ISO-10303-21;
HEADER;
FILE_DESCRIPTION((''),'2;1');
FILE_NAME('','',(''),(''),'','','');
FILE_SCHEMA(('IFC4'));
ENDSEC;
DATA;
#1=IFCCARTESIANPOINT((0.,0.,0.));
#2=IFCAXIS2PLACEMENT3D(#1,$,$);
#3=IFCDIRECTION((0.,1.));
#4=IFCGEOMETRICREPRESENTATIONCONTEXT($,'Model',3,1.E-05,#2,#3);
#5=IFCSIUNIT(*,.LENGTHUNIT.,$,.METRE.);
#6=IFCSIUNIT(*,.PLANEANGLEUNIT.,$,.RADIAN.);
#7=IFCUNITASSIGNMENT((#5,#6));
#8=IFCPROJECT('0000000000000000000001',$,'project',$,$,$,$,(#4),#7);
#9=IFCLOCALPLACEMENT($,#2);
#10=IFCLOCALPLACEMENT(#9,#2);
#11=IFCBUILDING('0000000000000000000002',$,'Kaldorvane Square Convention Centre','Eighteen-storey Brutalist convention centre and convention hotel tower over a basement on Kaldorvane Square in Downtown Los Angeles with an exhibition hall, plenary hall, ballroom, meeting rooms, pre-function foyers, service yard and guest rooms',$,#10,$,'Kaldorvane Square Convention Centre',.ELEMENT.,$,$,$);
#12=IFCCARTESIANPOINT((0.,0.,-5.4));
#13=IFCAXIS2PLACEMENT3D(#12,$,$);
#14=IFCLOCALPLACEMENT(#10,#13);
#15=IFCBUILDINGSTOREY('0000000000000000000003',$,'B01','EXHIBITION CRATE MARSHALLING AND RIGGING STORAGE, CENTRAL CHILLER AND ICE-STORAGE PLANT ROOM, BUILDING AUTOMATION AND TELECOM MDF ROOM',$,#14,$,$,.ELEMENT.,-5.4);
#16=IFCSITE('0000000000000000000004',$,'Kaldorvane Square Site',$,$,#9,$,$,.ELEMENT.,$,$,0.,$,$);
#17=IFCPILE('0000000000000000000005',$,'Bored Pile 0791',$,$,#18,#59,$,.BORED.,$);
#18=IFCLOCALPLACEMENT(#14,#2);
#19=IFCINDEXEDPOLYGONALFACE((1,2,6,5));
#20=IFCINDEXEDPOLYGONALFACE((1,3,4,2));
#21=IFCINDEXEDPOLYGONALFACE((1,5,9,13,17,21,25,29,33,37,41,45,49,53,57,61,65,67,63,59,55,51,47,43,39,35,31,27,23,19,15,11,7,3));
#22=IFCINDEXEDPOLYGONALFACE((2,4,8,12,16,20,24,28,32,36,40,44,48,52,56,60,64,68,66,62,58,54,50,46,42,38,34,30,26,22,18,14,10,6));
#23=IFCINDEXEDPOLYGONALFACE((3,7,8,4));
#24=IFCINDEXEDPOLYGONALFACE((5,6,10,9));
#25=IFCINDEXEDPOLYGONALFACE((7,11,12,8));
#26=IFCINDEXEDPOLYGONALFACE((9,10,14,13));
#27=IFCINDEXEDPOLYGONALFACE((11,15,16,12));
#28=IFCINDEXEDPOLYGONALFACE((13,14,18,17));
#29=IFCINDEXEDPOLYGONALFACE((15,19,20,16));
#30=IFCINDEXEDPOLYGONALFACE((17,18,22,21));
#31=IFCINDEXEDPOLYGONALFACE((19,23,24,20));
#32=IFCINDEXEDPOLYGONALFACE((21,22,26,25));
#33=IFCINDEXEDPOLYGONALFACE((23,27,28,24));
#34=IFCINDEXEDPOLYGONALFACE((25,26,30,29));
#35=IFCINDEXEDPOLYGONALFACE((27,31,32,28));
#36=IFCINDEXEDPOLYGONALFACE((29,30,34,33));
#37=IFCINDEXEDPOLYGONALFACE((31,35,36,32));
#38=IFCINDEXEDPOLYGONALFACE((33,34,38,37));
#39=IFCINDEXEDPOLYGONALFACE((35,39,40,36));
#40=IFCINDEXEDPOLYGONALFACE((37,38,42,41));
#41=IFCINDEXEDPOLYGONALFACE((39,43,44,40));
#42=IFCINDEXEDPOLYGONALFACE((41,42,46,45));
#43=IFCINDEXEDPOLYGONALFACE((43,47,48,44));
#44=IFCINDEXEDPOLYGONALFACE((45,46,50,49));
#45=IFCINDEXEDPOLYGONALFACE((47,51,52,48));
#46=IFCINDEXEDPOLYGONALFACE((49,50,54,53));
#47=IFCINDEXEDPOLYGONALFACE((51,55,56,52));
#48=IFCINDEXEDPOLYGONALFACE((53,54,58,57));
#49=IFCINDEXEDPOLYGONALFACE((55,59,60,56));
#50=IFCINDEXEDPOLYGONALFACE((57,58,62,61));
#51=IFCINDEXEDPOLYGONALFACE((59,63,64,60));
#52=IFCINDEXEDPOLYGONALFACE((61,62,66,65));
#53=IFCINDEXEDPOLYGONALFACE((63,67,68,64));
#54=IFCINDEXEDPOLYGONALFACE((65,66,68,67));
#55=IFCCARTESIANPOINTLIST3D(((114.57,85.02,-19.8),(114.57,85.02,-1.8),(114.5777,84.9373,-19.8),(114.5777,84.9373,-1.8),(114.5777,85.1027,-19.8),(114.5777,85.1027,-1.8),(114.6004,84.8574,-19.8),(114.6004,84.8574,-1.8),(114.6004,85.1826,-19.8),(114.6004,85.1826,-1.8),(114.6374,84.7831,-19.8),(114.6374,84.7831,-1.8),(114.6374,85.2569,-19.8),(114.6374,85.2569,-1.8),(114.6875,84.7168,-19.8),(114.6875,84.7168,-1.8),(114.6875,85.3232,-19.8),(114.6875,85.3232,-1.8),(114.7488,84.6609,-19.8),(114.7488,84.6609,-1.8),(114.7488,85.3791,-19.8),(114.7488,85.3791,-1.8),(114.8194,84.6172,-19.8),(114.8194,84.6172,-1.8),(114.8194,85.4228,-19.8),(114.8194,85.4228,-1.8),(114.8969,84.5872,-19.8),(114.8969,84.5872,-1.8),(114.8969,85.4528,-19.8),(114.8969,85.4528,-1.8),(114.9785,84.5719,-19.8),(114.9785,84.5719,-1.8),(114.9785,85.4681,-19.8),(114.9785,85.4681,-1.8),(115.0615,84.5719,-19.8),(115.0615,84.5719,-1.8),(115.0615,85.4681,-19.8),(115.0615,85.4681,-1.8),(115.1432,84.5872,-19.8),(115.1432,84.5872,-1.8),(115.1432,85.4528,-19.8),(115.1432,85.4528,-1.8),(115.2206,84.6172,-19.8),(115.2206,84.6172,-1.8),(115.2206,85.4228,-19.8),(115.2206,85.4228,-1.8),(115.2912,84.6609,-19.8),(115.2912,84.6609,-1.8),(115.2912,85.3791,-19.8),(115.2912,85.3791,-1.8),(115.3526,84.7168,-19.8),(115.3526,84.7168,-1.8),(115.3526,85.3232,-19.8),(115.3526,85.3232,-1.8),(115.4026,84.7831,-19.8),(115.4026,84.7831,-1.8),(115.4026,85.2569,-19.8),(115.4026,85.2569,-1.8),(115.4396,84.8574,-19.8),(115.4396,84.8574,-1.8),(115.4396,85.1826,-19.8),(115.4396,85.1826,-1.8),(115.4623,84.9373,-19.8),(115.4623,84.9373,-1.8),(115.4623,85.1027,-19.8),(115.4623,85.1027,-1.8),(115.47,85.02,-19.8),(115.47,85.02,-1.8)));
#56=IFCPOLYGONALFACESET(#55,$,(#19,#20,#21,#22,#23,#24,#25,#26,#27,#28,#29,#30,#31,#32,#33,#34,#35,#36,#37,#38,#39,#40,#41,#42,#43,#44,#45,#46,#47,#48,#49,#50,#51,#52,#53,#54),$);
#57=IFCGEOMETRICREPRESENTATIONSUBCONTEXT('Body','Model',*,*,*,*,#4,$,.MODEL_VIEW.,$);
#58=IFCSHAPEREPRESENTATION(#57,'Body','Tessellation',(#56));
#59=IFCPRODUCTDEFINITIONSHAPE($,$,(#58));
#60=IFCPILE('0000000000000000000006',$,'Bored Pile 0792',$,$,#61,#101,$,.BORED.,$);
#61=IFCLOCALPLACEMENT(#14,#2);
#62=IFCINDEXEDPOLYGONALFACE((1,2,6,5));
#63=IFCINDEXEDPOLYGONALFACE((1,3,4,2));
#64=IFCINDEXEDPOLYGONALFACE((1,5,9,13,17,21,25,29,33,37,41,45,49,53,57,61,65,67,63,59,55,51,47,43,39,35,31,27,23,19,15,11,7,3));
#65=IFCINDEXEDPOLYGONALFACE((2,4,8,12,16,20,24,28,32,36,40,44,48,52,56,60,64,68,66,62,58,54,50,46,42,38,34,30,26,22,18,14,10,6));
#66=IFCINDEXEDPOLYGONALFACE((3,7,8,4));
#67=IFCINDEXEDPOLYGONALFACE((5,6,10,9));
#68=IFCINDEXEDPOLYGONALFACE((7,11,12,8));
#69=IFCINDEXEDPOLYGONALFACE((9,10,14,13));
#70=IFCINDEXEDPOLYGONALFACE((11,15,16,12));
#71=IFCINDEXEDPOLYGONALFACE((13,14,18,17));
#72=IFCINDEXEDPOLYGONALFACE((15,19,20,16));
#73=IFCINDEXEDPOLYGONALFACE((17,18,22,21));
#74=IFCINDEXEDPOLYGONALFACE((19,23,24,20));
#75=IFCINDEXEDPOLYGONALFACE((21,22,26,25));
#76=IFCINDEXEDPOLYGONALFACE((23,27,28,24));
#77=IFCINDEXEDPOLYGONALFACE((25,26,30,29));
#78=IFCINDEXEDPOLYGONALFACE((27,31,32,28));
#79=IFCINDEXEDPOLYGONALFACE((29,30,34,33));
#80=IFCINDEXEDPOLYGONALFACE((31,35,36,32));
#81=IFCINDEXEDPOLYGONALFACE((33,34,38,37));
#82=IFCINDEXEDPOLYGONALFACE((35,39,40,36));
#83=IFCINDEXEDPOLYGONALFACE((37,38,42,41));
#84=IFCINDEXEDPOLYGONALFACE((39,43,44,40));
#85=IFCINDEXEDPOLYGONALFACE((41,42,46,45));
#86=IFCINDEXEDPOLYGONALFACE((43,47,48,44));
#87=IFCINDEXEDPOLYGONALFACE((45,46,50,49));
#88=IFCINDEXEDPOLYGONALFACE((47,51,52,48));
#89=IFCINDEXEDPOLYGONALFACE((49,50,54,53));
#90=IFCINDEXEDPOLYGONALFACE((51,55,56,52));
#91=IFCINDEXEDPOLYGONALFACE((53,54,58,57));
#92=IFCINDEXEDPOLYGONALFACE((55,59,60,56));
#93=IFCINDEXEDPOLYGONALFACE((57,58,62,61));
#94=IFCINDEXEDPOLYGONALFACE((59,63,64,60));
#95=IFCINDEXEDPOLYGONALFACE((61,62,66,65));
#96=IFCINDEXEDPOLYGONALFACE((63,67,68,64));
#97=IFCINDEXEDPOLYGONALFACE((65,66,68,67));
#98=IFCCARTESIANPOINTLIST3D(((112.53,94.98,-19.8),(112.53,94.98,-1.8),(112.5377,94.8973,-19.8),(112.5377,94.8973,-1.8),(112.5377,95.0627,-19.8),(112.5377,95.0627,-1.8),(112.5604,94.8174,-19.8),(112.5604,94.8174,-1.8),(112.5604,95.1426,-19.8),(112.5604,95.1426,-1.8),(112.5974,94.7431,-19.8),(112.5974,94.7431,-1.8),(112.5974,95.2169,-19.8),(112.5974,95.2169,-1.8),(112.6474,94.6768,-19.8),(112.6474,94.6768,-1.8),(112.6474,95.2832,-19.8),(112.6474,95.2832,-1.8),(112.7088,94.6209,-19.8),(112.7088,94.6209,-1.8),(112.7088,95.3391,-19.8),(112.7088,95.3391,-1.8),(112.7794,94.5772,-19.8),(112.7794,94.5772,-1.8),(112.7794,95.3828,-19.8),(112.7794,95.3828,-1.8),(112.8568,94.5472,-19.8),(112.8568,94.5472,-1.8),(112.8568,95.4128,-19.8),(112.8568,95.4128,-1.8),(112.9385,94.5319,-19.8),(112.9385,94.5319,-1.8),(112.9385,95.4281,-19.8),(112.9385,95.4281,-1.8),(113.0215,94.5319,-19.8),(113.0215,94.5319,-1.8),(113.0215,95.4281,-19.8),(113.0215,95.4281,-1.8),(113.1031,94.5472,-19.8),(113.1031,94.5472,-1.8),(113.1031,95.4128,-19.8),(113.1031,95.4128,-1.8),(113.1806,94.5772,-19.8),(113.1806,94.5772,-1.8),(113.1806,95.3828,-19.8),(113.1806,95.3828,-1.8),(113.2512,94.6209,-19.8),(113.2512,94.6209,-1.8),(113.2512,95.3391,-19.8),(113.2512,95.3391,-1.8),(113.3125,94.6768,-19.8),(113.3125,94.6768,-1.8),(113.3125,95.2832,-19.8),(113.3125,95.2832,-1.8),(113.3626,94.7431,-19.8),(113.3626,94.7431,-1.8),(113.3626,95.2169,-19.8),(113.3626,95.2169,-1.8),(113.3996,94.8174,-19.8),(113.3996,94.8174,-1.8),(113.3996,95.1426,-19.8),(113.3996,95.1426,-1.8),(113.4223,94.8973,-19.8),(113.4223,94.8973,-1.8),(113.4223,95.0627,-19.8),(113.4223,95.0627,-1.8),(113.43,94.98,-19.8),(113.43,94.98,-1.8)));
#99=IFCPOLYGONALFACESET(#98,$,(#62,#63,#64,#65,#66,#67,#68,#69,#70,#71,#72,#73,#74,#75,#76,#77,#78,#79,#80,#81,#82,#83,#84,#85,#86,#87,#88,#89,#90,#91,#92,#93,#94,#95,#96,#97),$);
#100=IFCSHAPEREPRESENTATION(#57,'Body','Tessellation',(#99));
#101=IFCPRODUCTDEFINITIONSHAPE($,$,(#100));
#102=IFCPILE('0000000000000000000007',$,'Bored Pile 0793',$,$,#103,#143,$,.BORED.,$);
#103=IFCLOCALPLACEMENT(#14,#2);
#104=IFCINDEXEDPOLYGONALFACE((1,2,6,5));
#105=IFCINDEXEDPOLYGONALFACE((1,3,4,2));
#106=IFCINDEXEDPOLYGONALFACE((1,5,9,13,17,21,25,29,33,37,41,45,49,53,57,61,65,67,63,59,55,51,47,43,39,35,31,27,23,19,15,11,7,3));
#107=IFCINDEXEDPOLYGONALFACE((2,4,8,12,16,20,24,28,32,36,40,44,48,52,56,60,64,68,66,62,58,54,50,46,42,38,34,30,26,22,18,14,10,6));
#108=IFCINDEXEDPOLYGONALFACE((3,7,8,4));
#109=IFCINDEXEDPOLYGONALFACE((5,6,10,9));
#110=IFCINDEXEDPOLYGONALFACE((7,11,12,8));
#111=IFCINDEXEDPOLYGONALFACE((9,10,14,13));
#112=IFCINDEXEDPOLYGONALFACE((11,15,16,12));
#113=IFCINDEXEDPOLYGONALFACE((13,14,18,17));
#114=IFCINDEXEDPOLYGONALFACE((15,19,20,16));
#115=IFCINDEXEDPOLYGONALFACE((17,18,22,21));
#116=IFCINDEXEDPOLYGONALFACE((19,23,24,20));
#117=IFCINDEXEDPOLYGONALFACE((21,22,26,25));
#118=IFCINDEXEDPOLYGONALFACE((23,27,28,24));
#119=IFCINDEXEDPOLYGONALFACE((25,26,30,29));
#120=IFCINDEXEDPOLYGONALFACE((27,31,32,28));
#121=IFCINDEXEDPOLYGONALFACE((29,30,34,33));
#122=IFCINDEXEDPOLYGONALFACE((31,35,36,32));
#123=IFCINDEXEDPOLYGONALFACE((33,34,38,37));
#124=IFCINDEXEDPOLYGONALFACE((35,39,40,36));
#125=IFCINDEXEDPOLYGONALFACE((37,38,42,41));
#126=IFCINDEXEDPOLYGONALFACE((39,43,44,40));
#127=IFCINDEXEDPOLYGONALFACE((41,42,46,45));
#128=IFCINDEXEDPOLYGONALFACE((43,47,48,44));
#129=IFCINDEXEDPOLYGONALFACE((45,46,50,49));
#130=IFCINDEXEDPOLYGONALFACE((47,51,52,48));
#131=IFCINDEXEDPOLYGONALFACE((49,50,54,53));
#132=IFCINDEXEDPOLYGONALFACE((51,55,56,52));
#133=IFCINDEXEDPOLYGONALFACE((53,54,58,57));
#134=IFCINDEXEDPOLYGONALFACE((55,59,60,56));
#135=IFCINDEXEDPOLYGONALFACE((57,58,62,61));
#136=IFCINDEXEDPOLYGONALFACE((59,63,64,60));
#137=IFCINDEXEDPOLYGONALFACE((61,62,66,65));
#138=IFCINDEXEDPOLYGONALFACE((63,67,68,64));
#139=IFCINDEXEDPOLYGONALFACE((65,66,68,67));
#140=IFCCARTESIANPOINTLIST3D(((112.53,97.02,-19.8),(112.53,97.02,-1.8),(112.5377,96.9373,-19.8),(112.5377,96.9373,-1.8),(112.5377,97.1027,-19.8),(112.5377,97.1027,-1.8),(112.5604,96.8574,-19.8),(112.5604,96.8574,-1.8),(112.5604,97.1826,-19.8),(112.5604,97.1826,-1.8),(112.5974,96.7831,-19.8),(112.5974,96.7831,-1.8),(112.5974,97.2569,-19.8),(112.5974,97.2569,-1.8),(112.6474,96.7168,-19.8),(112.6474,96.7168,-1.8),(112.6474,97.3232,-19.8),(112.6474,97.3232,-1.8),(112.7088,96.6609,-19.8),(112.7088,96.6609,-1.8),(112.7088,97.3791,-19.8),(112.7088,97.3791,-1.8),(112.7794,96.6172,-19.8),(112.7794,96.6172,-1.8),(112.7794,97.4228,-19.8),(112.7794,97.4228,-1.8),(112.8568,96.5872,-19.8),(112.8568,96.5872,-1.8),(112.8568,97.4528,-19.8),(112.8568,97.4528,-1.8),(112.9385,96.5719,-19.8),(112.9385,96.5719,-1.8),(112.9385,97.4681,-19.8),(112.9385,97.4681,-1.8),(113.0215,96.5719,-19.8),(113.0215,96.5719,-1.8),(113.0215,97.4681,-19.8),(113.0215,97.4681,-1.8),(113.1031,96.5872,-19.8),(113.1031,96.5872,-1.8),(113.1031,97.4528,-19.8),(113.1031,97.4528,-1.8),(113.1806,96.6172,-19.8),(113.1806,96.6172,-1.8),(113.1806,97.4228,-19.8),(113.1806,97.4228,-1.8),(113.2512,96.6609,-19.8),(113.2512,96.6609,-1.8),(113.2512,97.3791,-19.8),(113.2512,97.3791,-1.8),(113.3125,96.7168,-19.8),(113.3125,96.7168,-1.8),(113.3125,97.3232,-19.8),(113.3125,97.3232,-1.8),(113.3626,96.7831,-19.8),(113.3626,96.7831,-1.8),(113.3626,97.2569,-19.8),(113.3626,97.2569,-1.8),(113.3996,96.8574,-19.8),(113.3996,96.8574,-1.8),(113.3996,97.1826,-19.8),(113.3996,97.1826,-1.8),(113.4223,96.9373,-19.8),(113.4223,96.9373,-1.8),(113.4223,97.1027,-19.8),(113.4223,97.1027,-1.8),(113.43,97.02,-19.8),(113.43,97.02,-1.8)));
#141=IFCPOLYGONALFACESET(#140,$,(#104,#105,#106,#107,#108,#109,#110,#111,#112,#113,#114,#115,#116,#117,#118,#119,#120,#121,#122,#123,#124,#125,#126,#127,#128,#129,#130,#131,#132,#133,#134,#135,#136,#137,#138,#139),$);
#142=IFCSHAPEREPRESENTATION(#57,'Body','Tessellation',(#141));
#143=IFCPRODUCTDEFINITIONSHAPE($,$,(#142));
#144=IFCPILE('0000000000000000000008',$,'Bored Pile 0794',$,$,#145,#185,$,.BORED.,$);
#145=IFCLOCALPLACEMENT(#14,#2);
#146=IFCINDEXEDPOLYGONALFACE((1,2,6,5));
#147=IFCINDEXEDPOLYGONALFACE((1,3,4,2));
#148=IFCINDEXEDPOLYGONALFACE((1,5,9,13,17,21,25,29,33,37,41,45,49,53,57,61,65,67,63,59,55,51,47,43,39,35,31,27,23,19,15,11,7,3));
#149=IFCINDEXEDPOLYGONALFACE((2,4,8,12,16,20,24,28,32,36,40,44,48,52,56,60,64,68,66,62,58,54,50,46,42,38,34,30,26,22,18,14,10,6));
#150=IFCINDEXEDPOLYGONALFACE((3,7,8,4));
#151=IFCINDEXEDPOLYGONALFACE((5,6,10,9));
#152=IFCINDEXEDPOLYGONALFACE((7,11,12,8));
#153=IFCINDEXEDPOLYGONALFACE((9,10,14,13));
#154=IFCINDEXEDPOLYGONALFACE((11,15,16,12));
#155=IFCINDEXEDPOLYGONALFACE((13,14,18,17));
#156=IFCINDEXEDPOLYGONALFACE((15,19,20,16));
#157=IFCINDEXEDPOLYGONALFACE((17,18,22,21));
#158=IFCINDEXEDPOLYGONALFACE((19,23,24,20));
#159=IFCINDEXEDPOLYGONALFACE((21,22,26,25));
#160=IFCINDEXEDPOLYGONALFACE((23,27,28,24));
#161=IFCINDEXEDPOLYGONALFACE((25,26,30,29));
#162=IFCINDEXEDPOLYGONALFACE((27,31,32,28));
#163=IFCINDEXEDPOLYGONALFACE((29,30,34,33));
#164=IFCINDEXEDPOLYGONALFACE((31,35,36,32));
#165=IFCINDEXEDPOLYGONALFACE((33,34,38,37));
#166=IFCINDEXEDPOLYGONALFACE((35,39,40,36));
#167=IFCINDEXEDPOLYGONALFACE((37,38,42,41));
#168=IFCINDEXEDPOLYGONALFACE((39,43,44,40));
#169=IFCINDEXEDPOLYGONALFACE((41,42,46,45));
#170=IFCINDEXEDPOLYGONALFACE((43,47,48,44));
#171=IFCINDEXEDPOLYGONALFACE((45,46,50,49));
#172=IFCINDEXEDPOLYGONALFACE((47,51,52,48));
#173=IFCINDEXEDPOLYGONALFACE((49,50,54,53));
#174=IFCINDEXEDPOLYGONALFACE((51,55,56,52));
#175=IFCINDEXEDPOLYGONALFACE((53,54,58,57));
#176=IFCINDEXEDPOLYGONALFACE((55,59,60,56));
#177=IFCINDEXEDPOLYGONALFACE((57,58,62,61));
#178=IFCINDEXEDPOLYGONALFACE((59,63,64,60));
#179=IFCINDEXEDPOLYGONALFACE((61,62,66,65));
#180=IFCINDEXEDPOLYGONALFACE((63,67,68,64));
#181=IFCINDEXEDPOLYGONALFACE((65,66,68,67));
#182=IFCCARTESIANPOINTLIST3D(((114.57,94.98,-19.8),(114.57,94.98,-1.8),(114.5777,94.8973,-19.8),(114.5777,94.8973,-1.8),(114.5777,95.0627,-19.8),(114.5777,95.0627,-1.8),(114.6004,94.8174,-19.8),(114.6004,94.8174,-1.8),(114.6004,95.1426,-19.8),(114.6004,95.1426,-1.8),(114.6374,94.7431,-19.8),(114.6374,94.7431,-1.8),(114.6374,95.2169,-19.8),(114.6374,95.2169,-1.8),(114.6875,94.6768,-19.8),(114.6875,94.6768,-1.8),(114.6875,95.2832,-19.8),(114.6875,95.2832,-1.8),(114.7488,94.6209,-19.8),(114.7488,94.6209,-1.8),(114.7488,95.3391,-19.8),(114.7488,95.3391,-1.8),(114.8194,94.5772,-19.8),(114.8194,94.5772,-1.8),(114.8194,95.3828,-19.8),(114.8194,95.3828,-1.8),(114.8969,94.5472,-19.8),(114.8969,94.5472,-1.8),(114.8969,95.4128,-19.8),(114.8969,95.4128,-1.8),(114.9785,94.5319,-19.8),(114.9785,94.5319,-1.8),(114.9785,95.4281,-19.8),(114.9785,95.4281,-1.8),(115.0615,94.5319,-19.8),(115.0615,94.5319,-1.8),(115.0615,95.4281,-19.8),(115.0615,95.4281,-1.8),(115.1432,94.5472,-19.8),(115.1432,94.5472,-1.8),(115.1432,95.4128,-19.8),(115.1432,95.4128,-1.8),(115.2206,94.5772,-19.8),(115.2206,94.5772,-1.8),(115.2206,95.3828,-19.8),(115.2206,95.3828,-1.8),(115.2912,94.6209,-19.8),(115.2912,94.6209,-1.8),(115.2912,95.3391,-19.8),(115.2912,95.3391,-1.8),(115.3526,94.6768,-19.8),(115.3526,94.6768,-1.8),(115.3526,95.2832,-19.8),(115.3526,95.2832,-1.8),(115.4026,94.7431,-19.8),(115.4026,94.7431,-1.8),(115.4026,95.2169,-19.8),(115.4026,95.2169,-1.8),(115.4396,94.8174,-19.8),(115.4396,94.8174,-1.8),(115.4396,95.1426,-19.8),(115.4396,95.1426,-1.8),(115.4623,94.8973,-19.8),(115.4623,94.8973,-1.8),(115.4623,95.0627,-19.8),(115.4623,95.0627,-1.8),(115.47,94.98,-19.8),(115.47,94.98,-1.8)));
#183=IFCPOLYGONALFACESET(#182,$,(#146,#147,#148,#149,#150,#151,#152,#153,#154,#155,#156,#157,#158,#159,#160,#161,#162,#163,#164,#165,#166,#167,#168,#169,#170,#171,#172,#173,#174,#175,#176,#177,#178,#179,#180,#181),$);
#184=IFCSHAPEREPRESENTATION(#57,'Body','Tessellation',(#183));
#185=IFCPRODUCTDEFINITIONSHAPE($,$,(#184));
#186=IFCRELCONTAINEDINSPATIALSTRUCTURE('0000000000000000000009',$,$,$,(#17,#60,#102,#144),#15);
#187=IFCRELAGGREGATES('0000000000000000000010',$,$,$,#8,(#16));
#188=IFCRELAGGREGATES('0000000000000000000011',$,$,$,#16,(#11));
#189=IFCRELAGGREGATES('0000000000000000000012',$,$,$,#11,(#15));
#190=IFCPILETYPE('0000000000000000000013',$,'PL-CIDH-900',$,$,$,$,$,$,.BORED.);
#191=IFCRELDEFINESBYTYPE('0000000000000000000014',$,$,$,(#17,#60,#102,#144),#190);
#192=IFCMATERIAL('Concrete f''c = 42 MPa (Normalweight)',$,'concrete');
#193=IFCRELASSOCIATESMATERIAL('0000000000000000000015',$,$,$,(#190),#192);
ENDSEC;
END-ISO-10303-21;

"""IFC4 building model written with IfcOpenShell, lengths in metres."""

from ifc_helpers import new_model, si_unit, direction, frame, origin, origin_2d, place, context, subcontext, project, spatial, circle, extrude, material, material_profile, profile_set, type_object, element, save


model = new_model("IFC4")

# Units and contexts
model_context = context("Model", 3, precision=1e-05, world=origin(), true_north=direction((0.0, 1.0)))
body_context = subcontext(model_context, "Body", "Model", "MODEL_VIEW")
ifc_project = project(units=[si_unit("LENGTHUNIT", "METRE"), si_unit("PLANEANGLEUNIT", "RADIAN")], contexts=[model_context])

# Site, building, storey
site_placement = place(None, origin())
site = spatial("IfcSite", under=ifc_project, at=site_placement, Name="Kaldorvane Square Site", CompositionType="ELEMENT", RefElevation=0.0)
building_placement = place(site_placement, origin())
building = spatial("IfcBuilding", under=site, at=building_placement, Name="Kaldorvane Square Convention Centre", Description="Eighteen-storey Brutalist convention centre and convention hotel tower over a basement on Kaldorvane Square in Downtown Los Angeles with an exhibition hall, plenary hall, ballroom, meeting rooms, pre-function foyers, service yard and guest rooms", LongName="Kaldorvane Square Convention Centre", CompositionType="ELEMENT")
storey_placement = place(building_placement, frame((0.0, 0.0, -5.4)))
storey = spatial("IfcBuildingStorey", under=building, at=storey_placement, Name="B01", Description="EXHIBITION CRATE MARSHALLING AND RIGGING STORAGE, CENTRAL CHILLER AND ICE-STORAGE PLANT ROOM, BUILDING AUTOMATION AND TELECOM MDF ROOM", CompositionType="ELEMENT", Elevation=-5.4)

# Shared definitions
ifc_material_1 = material(Name="Concrete f'c = 42 MPa (Normalweight)", Category="concrete")

# Piles
ifc_material_profile_1 = material_profile(ifc_material_1, circle(Radius=0.45, at=origin_2d()), Name="PILE-D900")
ifc_profile_set_1 = profile_set([ifc_material_profile_1], Name="Concrete f'c = 42 MPa (Normalweight)")
pile_type = type_object("IfcPileType", Name="PL-CIDH-900", PredefinedType="BORED", material=ifc_profile_set_1)
for number, where, z_axis, x_axis, name in (
    (1, (115.02, 85.02, -1.8), (0.0, 0.0, -1.0), (1.0, 0.0, 0.0), "Bored Pile 0791"),
    (2, (112.98, 94.98, -1.8), (0.0, 0.0, -1.0), (1.0, 0.0, 0.0), "Bored Pile 0792"),
    (3, (112.98, 97.02, -1.8), (0.0, 0.0, -1.0), (1.0, 0.0, 0.0), "Bored Pile 0793"),
    (4, (115.02, 94.98, -1.8), (0.0, 0.0, -1.0), (1.0, 0.0, 0.0), "Bored Pile 0794"),
):
    element("IfcPile", number, at=place(storey_placement, frame(where, z_axis=z_axis, x_axis=x_axis)), inside=storey, type_object=pile_type, Name=name, PredefinedType="BORED", context=body_context, shape_type="SweptSolid", body=[
        extrude(circle(Radius=0.45, at=origin_2d()), origin(), (0.0, 0.0, 1.0), 18.0),
    ])

save(model, "model.ifc")
